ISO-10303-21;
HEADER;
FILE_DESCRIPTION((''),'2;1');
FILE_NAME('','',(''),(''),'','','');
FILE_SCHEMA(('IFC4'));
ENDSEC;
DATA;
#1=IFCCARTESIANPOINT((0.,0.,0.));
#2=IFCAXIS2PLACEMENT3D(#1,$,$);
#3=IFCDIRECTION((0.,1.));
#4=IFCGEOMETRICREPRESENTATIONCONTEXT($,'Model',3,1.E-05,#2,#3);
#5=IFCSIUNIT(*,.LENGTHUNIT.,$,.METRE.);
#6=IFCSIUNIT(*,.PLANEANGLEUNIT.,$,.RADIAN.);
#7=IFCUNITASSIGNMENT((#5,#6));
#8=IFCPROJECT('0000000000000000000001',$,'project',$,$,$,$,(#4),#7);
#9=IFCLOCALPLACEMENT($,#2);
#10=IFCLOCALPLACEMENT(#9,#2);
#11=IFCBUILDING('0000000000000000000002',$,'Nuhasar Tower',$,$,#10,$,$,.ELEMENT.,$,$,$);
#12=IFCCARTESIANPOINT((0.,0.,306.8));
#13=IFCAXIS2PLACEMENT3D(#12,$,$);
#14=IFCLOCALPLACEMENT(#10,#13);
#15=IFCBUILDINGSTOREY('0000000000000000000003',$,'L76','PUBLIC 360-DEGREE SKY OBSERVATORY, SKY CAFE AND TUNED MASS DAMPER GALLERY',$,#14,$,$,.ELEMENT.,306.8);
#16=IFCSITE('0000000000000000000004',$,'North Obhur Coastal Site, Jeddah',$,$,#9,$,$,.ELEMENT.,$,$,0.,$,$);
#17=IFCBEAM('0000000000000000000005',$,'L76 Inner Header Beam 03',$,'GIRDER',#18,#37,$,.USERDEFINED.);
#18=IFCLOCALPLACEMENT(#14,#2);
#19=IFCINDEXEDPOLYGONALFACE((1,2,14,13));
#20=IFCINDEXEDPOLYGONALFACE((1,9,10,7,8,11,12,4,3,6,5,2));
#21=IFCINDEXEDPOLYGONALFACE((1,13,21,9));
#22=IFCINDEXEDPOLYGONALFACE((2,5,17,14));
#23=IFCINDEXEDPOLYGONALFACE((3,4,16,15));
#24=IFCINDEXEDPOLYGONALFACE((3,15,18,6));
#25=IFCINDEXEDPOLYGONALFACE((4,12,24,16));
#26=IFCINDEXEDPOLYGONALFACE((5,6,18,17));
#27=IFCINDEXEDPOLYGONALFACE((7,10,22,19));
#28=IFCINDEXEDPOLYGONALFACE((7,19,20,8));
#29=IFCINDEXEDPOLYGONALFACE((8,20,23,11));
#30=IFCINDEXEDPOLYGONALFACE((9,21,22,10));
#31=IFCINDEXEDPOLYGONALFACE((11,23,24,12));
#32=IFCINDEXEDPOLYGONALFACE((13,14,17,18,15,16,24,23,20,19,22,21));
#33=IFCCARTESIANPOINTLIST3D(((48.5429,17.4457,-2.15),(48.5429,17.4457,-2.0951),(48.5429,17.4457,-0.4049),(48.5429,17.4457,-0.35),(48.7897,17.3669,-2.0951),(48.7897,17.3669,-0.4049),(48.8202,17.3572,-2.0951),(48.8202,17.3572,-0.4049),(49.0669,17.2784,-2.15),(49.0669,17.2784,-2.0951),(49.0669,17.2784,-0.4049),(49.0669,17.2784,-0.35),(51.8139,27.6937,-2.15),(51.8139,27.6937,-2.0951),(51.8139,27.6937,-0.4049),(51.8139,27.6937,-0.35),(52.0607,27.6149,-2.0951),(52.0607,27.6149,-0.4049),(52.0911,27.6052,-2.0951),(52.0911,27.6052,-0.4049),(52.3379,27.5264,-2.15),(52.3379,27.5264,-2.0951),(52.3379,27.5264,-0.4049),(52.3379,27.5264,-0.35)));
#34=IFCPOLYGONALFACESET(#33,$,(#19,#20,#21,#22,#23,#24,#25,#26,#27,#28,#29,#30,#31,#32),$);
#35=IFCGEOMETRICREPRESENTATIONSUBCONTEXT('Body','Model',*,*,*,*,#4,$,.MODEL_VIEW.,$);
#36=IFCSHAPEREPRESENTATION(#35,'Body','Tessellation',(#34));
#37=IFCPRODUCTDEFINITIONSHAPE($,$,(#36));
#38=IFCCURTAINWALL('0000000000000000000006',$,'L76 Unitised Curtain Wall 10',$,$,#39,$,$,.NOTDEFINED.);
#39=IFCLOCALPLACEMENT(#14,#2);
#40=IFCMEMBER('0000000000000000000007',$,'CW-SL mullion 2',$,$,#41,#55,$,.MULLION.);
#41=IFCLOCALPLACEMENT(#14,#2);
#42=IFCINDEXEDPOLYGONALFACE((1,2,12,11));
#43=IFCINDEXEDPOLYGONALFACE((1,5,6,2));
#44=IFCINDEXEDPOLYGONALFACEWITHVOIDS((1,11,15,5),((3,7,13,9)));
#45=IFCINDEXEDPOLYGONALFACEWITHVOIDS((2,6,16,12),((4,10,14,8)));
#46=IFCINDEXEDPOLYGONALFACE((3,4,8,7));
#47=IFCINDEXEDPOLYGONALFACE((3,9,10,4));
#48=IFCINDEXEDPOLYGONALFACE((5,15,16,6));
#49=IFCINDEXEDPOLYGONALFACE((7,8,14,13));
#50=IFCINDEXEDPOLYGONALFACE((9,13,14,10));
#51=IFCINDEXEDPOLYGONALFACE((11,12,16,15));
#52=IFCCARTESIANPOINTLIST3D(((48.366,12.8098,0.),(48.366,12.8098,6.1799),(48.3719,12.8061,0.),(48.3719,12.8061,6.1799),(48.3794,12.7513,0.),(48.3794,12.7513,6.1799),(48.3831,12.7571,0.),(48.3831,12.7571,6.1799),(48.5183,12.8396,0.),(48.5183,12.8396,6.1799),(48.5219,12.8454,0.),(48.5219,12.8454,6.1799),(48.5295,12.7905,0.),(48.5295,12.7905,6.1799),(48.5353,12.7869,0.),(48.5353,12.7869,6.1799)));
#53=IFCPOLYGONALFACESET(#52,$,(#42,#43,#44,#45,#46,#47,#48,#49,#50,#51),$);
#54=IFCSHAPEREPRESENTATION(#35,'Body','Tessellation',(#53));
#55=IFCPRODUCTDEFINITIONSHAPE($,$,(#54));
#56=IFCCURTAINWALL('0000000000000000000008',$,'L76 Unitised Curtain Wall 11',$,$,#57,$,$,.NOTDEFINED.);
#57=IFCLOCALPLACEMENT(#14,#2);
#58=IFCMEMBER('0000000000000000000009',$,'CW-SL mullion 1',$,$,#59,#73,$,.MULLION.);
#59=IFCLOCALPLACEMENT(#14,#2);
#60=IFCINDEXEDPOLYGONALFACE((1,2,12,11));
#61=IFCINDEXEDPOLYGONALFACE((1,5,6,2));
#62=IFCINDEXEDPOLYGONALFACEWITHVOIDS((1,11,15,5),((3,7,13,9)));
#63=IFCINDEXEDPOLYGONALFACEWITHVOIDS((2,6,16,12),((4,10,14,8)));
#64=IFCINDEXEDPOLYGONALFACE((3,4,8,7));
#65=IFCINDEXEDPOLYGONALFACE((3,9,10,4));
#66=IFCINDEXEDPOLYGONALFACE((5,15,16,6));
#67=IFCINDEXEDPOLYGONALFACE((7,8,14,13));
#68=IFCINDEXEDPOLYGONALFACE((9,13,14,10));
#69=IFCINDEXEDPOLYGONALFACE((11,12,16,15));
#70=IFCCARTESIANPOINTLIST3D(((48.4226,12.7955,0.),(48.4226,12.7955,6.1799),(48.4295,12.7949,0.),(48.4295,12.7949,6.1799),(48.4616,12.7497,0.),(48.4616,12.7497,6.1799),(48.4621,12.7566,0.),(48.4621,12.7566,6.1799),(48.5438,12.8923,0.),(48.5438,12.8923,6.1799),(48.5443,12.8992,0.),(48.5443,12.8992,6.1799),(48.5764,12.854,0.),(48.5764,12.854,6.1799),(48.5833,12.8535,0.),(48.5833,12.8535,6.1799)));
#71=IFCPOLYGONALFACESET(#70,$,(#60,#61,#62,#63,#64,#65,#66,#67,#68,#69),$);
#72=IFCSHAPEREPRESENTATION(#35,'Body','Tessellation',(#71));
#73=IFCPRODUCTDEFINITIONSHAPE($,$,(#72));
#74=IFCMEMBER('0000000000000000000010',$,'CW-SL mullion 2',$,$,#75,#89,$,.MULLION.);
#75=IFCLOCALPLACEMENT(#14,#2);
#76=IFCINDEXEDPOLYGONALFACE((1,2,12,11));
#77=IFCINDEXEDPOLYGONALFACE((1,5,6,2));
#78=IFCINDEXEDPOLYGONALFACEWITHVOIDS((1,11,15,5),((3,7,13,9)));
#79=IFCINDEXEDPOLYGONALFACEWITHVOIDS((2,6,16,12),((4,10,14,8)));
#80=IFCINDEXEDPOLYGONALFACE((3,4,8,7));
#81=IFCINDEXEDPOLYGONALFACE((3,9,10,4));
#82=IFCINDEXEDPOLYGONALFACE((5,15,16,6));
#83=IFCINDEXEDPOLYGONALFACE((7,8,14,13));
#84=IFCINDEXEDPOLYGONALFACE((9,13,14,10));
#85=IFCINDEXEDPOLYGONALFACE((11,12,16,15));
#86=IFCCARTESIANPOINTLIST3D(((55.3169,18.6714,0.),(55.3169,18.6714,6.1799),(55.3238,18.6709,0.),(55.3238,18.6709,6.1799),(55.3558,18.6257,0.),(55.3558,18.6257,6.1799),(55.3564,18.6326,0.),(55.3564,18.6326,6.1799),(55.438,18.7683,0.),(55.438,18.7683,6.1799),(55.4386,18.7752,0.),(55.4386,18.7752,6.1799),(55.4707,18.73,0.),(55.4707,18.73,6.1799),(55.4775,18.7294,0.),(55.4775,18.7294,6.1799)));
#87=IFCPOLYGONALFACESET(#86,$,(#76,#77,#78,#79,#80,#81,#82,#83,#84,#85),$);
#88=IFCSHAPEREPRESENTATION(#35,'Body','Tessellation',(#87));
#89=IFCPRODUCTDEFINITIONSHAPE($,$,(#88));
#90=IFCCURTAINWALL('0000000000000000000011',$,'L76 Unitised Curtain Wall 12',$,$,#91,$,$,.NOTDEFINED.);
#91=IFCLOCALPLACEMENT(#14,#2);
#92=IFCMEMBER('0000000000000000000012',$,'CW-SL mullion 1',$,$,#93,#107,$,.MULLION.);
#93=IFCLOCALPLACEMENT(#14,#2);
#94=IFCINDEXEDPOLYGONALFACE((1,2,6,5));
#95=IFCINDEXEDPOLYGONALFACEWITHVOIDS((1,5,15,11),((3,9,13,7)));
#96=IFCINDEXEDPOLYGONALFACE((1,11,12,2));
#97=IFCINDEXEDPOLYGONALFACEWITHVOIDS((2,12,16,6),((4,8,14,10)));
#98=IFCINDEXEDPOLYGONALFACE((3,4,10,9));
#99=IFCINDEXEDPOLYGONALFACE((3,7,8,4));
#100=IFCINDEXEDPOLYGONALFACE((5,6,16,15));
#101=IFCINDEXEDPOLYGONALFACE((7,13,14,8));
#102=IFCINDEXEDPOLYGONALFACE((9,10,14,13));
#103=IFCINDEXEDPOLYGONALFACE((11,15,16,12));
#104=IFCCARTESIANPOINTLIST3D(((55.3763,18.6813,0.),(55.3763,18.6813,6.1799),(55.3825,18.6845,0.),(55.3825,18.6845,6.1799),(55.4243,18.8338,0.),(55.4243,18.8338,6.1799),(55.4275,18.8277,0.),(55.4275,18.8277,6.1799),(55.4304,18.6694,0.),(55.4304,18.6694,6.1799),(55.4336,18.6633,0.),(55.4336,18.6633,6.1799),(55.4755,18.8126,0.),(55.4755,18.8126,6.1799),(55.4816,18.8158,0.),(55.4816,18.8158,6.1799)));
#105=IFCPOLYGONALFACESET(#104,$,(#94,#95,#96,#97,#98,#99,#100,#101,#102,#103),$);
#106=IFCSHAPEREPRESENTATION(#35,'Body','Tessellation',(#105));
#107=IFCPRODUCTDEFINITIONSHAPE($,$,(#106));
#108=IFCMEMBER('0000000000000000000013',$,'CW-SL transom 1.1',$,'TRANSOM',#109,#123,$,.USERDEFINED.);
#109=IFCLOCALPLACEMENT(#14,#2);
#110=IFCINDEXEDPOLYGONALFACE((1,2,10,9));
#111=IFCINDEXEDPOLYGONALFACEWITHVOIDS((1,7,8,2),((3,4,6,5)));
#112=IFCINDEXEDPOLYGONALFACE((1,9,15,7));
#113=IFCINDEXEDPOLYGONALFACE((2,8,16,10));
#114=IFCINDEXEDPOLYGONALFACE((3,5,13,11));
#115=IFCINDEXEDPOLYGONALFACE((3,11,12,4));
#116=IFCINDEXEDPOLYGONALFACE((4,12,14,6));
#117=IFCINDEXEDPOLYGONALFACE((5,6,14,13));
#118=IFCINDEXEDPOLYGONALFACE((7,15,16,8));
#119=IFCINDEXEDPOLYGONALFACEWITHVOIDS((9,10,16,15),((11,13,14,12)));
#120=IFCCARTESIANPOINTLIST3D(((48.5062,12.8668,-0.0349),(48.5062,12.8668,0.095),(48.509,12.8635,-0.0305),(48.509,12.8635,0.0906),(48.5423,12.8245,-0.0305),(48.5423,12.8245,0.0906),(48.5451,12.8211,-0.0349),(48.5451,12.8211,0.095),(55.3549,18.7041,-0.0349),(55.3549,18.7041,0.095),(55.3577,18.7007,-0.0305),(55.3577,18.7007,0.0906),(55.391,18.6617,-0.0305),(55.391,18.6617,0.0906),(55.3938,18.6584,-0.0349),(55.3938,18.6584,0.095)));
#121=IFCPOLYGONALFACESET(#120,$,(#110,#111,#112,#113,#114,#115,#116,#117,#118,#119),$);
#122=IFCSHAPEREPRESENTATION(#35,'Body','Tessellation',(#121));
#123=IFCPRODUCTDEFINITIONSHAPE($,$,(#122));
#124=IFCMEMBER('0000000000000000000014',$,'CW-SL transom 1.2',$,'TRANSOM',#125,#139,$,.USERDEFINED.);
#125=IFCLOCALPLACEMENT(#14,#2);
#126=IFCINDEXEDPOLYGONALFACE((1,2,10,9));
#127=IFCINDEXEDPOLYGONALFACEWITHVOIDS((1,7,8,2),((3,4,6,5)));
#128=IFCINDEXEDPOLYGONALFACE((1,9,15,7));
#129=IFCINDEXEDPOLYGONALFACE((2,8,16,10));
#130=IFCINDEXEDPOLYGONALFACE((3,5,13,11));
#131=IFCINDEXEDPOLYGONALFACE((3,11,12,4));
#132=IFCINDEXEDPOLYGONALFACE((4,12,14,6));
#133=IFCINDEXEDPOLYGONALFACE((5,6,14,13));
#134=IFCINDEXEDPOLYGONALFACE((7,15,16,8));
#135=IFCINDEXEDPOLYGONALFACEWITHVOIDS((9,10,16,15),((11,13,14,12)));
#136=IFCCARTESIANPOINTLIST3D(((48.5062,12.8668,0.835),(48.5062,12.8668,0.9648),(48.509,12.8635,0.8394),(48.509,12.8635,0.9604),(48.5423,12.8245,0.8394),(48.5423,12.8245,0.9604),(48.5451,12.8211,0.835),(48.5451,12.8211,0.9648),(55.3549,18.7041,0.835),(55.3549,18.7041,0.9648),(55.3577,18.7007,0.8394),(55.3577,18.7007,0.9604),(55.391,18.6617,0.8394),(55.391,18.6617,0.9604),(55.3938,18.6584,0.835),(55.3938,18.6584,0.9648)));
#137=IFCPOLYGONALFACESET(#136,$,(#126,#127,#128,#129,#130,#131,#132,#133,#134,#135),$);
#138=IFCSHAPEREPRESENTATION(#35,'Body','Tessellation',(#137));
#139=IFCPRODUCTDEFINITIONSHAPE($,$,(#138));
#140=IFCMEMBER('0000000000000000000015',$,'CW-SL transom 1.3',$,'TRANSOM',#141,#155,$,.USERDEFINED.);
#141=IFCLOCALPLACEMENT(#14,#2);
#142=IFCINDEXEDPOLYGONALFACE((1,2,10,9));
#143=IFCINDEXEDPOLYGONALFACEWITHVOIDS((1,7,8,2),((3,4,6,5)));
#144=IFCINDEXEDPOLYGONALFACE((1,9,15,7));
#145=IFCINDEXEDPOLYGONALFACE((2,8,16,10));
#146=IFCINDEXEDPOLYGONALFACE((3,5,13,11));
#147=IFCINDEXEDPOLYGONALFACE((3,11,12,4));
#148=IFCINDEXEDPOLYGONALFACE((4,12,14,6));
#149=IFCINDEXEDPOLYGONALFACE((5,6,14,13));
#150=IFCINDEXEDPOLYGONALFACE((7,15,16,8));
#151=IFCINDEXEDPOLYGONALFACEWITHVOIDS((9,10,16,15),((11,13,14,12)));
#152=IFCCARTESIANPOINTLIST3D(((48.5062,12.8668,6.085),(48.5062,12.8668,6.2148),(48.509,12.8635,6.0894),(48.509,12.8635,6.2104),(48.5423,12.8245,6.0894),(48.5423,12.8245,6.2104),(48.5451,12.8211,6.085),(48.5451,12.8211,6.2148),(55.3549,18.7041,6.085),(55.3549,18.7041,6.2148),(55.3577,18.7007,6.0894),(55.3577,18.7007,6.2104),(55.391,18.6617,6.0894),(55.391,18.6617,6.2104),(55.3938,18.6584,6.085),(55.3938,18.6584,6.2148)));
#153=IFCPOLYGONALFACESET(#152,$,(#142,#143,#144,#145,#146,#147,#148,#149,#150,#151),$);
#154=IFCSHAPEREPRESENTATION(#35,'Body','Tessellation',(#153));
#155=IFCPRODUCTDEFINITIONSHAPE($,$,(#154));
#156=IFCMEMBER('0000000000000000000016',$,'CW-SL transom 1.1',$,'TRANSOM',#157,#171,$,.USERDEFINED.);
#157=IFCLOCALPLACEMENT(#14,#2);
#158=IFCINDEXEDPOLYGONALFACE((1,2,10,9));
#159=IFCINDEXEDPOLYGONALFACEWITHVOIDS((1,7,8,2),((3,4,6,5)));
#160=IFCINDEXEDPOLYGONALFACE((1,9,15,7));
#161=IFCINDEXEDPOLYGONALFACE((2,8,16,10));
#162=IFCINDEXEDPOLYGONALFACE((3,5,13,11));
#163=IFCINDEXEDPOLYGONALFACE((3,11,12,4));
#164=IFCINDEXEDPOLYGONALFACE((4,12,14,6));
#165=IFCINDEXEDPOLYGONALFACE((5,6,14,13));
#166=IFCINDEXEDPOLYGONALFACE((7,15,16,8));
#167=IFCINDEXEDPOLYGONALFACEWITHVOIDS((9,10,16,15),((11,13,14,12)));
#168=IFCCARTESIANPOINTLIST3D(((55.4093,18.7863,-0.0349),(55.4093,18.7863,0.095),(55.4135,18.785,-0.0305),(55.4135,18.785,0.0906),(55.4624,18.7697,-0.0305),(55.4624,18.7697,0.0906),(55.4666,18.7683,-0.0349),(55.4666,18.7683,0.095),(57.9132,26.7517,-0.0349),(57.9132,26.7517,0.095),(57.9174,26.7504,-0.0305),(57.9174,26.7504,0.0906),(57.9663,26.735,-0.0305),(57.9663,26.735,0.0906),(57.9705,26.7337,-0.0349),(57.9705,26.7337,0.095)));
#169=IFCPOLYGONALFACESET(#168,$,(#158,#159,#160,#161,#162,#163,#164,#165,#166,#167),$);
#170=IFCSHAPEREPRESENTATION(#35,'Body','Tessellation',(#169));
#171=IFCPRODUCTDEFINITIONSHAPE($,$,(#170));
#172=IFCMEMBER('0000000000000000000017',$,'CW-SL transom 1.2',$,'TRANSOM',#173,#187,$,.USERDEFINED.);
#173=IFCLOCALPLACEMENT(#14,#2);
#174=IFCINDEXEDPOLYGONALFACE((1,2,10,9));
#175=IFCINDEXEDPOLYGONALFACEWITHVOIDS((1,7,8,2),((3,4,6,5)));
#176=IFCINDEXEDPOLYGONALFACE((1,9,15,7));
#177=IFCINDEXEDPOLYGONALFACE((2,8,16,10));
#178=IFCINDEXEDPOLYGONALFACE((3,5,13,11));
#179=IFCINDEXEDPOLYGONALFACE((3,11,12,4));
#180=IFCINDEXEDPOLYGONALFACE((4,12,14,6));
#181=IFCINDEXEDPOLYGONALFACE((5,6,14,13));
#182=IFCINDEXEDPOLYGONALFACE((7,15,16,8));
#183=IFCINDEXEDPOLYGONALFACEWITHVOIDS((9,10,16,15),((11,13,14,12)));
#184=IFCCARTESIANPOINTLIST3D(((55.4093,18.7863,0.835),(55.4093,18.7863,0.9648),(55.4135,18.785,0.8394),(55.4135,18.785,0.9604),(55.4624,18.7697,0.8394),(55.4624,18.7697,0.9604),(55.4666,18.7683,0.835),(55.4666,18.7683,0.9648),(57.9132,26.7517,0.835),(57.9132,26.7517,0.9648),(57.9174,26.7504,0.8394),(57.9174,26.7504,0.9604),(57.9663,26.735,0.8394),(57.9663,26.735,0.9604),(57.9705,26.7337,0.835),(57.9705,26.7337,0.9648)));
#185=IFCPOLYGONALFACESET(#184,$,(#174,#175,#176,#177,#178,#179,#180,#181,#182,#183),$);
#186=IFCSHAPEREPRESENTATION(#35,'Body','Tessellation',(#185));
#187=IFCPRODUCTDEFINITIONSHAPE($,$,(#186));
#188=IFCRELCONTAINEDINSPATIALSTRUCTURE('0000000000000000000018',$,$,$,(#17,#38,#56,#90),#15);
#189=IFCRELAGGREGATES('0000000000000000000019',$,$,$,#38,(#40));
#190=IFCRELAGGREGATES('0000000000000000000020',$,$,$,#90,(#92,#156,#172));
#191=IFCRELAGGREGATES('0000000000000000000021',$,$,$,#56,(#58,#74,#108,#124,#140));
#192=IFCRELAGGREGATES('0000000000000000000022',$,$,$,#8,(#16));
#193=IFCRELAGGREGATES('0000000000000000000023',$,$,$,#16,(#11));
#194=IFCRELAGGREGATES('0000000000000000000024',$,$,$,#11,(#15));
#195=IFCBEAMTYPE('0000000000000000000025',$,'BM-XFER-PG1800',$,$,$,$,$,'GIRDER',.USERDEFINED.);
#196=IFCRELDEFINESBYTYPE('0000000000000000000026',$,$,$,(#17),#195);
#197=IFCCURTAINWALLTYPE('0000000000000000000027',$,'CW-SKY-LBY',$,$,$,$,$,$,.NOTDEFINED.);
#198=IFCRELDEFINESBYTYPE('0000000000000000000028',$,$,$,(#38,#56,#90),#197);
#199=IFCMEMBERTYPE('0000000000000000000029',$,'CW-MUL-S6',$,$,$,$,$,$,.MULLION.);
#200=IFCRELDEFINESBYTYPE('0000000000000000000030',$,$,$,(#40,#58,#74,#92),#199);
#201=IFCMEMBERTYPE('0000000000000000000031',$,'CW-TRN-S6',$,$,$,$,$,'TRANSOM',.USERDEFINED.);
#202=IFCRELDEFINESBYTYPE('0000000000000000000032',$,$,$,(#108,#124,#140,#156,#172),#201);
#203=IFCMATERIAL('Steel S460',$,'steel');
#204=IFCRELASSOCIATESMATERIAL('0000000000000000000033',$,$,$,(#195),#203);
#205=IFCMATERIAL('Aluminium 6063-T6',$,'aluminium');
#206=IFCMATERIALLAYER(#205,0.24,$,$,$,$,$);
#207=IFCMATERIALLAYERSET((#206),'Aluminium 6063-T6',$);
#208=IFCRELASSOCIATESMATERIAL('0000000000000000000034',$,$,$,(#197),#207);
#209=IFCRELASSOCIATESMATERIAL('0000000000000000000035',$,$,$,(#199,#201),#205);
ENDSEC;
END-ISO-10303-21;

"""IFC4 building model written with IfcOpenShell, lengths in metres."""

from ifc_helpers import new_model, si_unit, direction, frame, origin, origin_2d, place, context, subcontext, project, spatial, hollow_rectangle, i_section, extrude, material, layer, layer_set, material_profile, profile_set, type_object, element, aggregate, save


model = new_model("IFC4")

# Units and contexts
model_context = context("Model", 3, precision=1e-05, world=origin(), true_north=direction((0.0, 1.0)))
body_context = subcontext(model_context, "Body", "Model", "MODEL_VIEW")
ifc_project = project(units=[si_unit("LENGTHUNIT", "METRE"), si_unit("PLANEANGLEUNIT", "RADIAN")], contexts=[model_context])

# Site, building, storey
site_placement = place(None, origin())
site = spatial("IfcSite", under=ifc_project, at=site_placement, Name="North Obhur Coastal Site, Jeddah", CompositionType="ELEMENT", RefElevation=0.0)
building_placement = place(site_placement, origin())
building = spatial("IfcBuilding", under=site, at=building_placement, Name="Nuhasar Tower", CompositionType="ELEMENT")
storey_placement = place(building_placement, frame((0.0, 0.0, 306.8)))
storey = spatial("IfcBuildingStorey", under=building, at=storey_placement, Name="L76", Description="PUBLIC 360-DEGREE SKY OBSERVATORY, SKY CAFE AND TUNED MASS DAMPER GALLERY", CompositionType="ELEMENT", Elevation=306.8)

# Beam
ifc_material_1 = material(Name="Steel S460", Category="steel")
ifc_material_profile_1 = material_profile(ifc_material_1, i_section(OverallWidth=0.55, OverallDepth=1.8, WebThickness=0.032, FlangeThickness=0.0549, at=origin_2d()), Name="PG1800X550")
ifc_profile_set_1 = profile_set([ifc_material_profile_1], Name="Steel S460")
beam_type_1 = type_object("IfcBeamType", Name="BM-XFER-PG1800", ElementType="GIRDER", PredefinedType="USERDEFINED", material=ifc_profile_set_1)
beam_1_placement = place(storey_placement, frame((48.8049, 17.3621, -1.25), z_axis=(0.304069, 0.95265, 0.0), x_axis=(-0.95265, 0.304069, 0.0)))
element("IfcBeam", 1, at=beam_1_placement, inside=storey, type_object=beam_type_1, Name="L76 Inner Header Beam 03", ObjectType="GIRDER", PredefinedType="USERDEFINED", context=body_context, shape_type="SweptSolid", body=[
    extrude(i_section(OverallWidth=0.55, OverallDepth=1.8, WebThickness=0.032, FlangeThickness=0.0549, at=origin_2d()), origin(), (0.0, 0.0, 1.0), 10.7573),
])

# Curtain wall, member
ifc_material_2 = material(Name="Aluminium 6063-T6", Category="aluminium")
ifc_layer_1 = layer(ifc_material_2, 0.24)
ifc_layer_set_1 = layer_set([ifc_layer_1], Name="Aluminium 6063-T6")
curtain_wall_type = type_object("IfcCurtainWallType", Name="CW-SKY-LBY", PredefinedType="NOTDEFINED", material=ifc_layer_set_1)
curtain_wall_1_placement = place(storey_placement, origin())
curtain_wall_1 = element("IfcCurtainWall", 2, at=curtain_wall_1_placement, inside=storey, type_object=curtain_wall_type, Name="L76 Unitised Curtain Wall 10", PredefinedType="NOTDEFINED")
ifc_material_profile_2 = material_profile(ifc_material_2, hollow_rectangle(XDim=0.0601, YDim=0.1599, WallThickness=0.0049, at=origin_2d()), Name="CWM-6")
ifc_profile_set_2 = profile_set([ifc_material_profile_2], Name="Aluminium 6063-T6")
member_type_1 = type_object("IfcMemberType", Name="CW-MUL-S6", PredefinedType="MULLION", material=ifc_profile_set_2)
member_1_placement = place(storey_placement, frame((48.4507, 12.7983, 0.0), z_axis=(0.0, 0.0, 1.0), x_axis=(-0.222643, 0.9749, 0.0)))
member_1 = element("IfcMember", 3, at=member_1_placement, type_object=member_type_1, Name="CW-SL mullion 2", PredefinedType="MULLION", context=body_context, shape_type="SweptSolid", body=[
    extrude(hollow_rectangle(XDim=0.0601, YDim=0.1599, WallThickness=0.0049, at=origin_2d()), origin(), (0.0, 0.0, 1.0), 6.1799),
])
aggregate(curtain_wall_1, [member_1])

# Curtain wall, members
curtain_wall_2_placement = place(storey_placement, origin())
curtain_wall_2 = element("IfcCurtainWall", 4, at=curtain_wall_2_placement, inside=storey, type_object=curtain_wall_type, Name="L76 Unitised Curtain Wall 11", PredefinedType="NOTDEFINED")
member_2_placement = place(storey_placement, frame((48.5029, 12.8245, 0.0), z_axis=(0.0, 0.0, 1.0), x_axis=(-0.648666, 0.761073, 0.0)))
member_2 = element("IfcMember", 5, at=member_2_placement, type_object=member_type_1, Name="CW-SL mullion 1", PredefinedType="MULLION", context=body_context, shape_type="SweptSolid", body=[
    extrude(hollow_rectangle(XDim=0.0601, YDim=0.1599, WallThickness=0.0049, at=origin_2d()), origin(), (0.0, 0.0, 1.0), 6.1799),
])
member_3_placement = place(storey_placement, frame((55.3972, 18.7004, 0.0), z_axis=(0.0, 0.0, 1.0), x_axis=(-0.648666, 0.761073, 0.0)))
member_3 = element("IfcMember", 6, at=member_3_placement, type_object=member_type_1, Name="CW-SL mullion 2", PredefinedType="MULLION", context=body_context, shape_type="SweptSolid", body=[
    extrude(hollow_rectangle(XDim=0.0601, YDim=0.1599, WallThickness=0.0049, at=origin_2d()), origin(), (0.0, 0.0, 1.0), 6.1799),
])

# Curtain wall, member
curtain_wall_3_placement = place(storey_placement, origin())
curtain_wall_3 = element("IfcCurtainWall", 7, at=curtain_wall_3_placement, inside=storey, type_object=curtain_wall_type, Name="L76 Unitised Curtain Wall 12", PredefinedType="NOTDEFINED")
member_4_placement = place(storey_placement, frame((55.429, 18.7485, 0.0), z_axis=(0.0, 0.0, 1.0), x_axis=(-0.953974, 0.299888, 0.0)))
member_4 = element("IfcMember", 8, at=member_4_placement, type_object=member_type_1, Name="CW-SL mullion 1", PredefinedType="MULLION", context=body_context, shape_type="SweptSolid", body=[
    extrude(hollow_rectangle(XDim=0.0601, YDim=0.1599, WallThickness=0.0049, at=origin_2d()), origin(), (0.0, 0.0, 1.0), 6.1799),
])

# Members
ifc_material_profile_3 = material_profile(ifc_material_2, hollow_rectangle(XDim=0.0601, YDim=0.1299, WallThickness=0.0044, at=origin_2d()), Name="CWT-6")
ifc_profile_set_3 = profile_set([ifc_material_profile_3], Name="Aluminium 6063-T6")
member_type_2 = type_object("IfcMemberType", Name="CW-TRN-S6", ElementType="TRANSOM", PredefinedType="USERDEFINED", material=ifc_profile_set_3)
member_5_placement = place(storey_placement, frame((48.5256, 12.844, 0.03), z_axis=(0.761071, 0.648668, 0.0), x_axis=(-0.648668, 0.761071, 0.0)))
member_5 = element("IfcMember", 9, at=member_5_placement, type_object=member_type_2, Name="CW-SL transom 1.1", ObjectType="TRANSOM", PredefinedType="USERDEFINED", context=body_context, shape_type="SweptSolid", body=[
    extrude(hollow_rectangle(XDim=0.0601, YDim=0.1299, WallThickness=0.0044, at=origin_2d()), origin(), (0.0, 0.0, 1.0), 8.9988),
])
member_6_placement = place(storey_placement, frame((48.5256, 12.844, 0.8999), z_axis=(0.761071, 0.648668, 0.0), x_axis=(-0.648668, 0.761071, 0.0)))
member_6 = element("IfcMember", 10, at=member_6_placement, type_object=member_type_2, Name="CW-SL transom 1.2", ObjectType="TRANSOM", PredefinedType="USERDEFINED", context=body_context, shape_type="SweptSolid", body=[
    extrude(hollow_rectangle(XDim=0.0601, YDim=0.1299, WallThickness=0.0044, at=origin_2d()), origin(), (0.0, 0.0, 1.0), 8.9988),
])
member_7_placement = place(storey_placement, frame((48.5256, 12.844, 6.1499), z_axis=(0.761071, 0.648668, 0.0), x_axis=(-0.648668, 0.761071, 0.0)))
member_7 = element("IfcMember", 11, at=member_7_placement, type_object=member_type_2, Name="CW-SL transom 1.3", ObjectType="TRANSOM", PredefinedType="USERDEFINED", context=body_context, shape_type="SweptSolid", body=[
    extrude(hollow_rectangle(XDim=0.0601, YDim=0.1299, WallThickness=0.0044, at=origin_2d()), origin(), (0.0, 0.0, 1.0), 8.9988),
])
member_8_placement = place(storey_placement, frame((55.438, 18.7773, 0.03), z_axis=(0.299883, 0.953976, 0.0), x_axis=(-0.953976, 0.299883, 0.0)))
member_8 = element("IfcMember", 12, at=member_8_placement, type_object=member_type_2, Name="CW-SL transom 1.1", ObjectType="TRANSOM", PredefinedType="USERDEFINED", context=body_context, shape_type="SweptSolid", body=[
    extrude(hollow_rectangle(XDim=0.0601, YDim=0.1299, WallThickness=0.0044, at=origin_2d()), origin(), (0.0, 0.0, 1.0), 8.3496),
])
member_9_placement = place(storey_placement, frame((55.438, 18.7773, 0.8999), z_axis=(0.299883, 0.953976, 0.0), x_axis=(-0.953976, 0.299883, 0.0)))
member_9 = element("IfcMember", 13, at=member_9_placement, type_object=member_type_2, Name="CW-SL transom 1.2", ObjectType="TRANSOM", PredefinedType="USERDEFINED", context=body_context, shape_type="SweptSolid", body=[
    extrude(hollow_rectangle(XDim=0.0601, YDim=0.1299, WallThickness=0.0044, at=origin_2d()), origin(), (0.0, 0.0, 1.0), 8.3496),
])
aggregate(curtain_wall_3, [member_4, member_8, member_9])

aggregate(curtain_wall_2, [member_2, member_3, member_5, member_6, member_7])

save(model, "model.ifc")
